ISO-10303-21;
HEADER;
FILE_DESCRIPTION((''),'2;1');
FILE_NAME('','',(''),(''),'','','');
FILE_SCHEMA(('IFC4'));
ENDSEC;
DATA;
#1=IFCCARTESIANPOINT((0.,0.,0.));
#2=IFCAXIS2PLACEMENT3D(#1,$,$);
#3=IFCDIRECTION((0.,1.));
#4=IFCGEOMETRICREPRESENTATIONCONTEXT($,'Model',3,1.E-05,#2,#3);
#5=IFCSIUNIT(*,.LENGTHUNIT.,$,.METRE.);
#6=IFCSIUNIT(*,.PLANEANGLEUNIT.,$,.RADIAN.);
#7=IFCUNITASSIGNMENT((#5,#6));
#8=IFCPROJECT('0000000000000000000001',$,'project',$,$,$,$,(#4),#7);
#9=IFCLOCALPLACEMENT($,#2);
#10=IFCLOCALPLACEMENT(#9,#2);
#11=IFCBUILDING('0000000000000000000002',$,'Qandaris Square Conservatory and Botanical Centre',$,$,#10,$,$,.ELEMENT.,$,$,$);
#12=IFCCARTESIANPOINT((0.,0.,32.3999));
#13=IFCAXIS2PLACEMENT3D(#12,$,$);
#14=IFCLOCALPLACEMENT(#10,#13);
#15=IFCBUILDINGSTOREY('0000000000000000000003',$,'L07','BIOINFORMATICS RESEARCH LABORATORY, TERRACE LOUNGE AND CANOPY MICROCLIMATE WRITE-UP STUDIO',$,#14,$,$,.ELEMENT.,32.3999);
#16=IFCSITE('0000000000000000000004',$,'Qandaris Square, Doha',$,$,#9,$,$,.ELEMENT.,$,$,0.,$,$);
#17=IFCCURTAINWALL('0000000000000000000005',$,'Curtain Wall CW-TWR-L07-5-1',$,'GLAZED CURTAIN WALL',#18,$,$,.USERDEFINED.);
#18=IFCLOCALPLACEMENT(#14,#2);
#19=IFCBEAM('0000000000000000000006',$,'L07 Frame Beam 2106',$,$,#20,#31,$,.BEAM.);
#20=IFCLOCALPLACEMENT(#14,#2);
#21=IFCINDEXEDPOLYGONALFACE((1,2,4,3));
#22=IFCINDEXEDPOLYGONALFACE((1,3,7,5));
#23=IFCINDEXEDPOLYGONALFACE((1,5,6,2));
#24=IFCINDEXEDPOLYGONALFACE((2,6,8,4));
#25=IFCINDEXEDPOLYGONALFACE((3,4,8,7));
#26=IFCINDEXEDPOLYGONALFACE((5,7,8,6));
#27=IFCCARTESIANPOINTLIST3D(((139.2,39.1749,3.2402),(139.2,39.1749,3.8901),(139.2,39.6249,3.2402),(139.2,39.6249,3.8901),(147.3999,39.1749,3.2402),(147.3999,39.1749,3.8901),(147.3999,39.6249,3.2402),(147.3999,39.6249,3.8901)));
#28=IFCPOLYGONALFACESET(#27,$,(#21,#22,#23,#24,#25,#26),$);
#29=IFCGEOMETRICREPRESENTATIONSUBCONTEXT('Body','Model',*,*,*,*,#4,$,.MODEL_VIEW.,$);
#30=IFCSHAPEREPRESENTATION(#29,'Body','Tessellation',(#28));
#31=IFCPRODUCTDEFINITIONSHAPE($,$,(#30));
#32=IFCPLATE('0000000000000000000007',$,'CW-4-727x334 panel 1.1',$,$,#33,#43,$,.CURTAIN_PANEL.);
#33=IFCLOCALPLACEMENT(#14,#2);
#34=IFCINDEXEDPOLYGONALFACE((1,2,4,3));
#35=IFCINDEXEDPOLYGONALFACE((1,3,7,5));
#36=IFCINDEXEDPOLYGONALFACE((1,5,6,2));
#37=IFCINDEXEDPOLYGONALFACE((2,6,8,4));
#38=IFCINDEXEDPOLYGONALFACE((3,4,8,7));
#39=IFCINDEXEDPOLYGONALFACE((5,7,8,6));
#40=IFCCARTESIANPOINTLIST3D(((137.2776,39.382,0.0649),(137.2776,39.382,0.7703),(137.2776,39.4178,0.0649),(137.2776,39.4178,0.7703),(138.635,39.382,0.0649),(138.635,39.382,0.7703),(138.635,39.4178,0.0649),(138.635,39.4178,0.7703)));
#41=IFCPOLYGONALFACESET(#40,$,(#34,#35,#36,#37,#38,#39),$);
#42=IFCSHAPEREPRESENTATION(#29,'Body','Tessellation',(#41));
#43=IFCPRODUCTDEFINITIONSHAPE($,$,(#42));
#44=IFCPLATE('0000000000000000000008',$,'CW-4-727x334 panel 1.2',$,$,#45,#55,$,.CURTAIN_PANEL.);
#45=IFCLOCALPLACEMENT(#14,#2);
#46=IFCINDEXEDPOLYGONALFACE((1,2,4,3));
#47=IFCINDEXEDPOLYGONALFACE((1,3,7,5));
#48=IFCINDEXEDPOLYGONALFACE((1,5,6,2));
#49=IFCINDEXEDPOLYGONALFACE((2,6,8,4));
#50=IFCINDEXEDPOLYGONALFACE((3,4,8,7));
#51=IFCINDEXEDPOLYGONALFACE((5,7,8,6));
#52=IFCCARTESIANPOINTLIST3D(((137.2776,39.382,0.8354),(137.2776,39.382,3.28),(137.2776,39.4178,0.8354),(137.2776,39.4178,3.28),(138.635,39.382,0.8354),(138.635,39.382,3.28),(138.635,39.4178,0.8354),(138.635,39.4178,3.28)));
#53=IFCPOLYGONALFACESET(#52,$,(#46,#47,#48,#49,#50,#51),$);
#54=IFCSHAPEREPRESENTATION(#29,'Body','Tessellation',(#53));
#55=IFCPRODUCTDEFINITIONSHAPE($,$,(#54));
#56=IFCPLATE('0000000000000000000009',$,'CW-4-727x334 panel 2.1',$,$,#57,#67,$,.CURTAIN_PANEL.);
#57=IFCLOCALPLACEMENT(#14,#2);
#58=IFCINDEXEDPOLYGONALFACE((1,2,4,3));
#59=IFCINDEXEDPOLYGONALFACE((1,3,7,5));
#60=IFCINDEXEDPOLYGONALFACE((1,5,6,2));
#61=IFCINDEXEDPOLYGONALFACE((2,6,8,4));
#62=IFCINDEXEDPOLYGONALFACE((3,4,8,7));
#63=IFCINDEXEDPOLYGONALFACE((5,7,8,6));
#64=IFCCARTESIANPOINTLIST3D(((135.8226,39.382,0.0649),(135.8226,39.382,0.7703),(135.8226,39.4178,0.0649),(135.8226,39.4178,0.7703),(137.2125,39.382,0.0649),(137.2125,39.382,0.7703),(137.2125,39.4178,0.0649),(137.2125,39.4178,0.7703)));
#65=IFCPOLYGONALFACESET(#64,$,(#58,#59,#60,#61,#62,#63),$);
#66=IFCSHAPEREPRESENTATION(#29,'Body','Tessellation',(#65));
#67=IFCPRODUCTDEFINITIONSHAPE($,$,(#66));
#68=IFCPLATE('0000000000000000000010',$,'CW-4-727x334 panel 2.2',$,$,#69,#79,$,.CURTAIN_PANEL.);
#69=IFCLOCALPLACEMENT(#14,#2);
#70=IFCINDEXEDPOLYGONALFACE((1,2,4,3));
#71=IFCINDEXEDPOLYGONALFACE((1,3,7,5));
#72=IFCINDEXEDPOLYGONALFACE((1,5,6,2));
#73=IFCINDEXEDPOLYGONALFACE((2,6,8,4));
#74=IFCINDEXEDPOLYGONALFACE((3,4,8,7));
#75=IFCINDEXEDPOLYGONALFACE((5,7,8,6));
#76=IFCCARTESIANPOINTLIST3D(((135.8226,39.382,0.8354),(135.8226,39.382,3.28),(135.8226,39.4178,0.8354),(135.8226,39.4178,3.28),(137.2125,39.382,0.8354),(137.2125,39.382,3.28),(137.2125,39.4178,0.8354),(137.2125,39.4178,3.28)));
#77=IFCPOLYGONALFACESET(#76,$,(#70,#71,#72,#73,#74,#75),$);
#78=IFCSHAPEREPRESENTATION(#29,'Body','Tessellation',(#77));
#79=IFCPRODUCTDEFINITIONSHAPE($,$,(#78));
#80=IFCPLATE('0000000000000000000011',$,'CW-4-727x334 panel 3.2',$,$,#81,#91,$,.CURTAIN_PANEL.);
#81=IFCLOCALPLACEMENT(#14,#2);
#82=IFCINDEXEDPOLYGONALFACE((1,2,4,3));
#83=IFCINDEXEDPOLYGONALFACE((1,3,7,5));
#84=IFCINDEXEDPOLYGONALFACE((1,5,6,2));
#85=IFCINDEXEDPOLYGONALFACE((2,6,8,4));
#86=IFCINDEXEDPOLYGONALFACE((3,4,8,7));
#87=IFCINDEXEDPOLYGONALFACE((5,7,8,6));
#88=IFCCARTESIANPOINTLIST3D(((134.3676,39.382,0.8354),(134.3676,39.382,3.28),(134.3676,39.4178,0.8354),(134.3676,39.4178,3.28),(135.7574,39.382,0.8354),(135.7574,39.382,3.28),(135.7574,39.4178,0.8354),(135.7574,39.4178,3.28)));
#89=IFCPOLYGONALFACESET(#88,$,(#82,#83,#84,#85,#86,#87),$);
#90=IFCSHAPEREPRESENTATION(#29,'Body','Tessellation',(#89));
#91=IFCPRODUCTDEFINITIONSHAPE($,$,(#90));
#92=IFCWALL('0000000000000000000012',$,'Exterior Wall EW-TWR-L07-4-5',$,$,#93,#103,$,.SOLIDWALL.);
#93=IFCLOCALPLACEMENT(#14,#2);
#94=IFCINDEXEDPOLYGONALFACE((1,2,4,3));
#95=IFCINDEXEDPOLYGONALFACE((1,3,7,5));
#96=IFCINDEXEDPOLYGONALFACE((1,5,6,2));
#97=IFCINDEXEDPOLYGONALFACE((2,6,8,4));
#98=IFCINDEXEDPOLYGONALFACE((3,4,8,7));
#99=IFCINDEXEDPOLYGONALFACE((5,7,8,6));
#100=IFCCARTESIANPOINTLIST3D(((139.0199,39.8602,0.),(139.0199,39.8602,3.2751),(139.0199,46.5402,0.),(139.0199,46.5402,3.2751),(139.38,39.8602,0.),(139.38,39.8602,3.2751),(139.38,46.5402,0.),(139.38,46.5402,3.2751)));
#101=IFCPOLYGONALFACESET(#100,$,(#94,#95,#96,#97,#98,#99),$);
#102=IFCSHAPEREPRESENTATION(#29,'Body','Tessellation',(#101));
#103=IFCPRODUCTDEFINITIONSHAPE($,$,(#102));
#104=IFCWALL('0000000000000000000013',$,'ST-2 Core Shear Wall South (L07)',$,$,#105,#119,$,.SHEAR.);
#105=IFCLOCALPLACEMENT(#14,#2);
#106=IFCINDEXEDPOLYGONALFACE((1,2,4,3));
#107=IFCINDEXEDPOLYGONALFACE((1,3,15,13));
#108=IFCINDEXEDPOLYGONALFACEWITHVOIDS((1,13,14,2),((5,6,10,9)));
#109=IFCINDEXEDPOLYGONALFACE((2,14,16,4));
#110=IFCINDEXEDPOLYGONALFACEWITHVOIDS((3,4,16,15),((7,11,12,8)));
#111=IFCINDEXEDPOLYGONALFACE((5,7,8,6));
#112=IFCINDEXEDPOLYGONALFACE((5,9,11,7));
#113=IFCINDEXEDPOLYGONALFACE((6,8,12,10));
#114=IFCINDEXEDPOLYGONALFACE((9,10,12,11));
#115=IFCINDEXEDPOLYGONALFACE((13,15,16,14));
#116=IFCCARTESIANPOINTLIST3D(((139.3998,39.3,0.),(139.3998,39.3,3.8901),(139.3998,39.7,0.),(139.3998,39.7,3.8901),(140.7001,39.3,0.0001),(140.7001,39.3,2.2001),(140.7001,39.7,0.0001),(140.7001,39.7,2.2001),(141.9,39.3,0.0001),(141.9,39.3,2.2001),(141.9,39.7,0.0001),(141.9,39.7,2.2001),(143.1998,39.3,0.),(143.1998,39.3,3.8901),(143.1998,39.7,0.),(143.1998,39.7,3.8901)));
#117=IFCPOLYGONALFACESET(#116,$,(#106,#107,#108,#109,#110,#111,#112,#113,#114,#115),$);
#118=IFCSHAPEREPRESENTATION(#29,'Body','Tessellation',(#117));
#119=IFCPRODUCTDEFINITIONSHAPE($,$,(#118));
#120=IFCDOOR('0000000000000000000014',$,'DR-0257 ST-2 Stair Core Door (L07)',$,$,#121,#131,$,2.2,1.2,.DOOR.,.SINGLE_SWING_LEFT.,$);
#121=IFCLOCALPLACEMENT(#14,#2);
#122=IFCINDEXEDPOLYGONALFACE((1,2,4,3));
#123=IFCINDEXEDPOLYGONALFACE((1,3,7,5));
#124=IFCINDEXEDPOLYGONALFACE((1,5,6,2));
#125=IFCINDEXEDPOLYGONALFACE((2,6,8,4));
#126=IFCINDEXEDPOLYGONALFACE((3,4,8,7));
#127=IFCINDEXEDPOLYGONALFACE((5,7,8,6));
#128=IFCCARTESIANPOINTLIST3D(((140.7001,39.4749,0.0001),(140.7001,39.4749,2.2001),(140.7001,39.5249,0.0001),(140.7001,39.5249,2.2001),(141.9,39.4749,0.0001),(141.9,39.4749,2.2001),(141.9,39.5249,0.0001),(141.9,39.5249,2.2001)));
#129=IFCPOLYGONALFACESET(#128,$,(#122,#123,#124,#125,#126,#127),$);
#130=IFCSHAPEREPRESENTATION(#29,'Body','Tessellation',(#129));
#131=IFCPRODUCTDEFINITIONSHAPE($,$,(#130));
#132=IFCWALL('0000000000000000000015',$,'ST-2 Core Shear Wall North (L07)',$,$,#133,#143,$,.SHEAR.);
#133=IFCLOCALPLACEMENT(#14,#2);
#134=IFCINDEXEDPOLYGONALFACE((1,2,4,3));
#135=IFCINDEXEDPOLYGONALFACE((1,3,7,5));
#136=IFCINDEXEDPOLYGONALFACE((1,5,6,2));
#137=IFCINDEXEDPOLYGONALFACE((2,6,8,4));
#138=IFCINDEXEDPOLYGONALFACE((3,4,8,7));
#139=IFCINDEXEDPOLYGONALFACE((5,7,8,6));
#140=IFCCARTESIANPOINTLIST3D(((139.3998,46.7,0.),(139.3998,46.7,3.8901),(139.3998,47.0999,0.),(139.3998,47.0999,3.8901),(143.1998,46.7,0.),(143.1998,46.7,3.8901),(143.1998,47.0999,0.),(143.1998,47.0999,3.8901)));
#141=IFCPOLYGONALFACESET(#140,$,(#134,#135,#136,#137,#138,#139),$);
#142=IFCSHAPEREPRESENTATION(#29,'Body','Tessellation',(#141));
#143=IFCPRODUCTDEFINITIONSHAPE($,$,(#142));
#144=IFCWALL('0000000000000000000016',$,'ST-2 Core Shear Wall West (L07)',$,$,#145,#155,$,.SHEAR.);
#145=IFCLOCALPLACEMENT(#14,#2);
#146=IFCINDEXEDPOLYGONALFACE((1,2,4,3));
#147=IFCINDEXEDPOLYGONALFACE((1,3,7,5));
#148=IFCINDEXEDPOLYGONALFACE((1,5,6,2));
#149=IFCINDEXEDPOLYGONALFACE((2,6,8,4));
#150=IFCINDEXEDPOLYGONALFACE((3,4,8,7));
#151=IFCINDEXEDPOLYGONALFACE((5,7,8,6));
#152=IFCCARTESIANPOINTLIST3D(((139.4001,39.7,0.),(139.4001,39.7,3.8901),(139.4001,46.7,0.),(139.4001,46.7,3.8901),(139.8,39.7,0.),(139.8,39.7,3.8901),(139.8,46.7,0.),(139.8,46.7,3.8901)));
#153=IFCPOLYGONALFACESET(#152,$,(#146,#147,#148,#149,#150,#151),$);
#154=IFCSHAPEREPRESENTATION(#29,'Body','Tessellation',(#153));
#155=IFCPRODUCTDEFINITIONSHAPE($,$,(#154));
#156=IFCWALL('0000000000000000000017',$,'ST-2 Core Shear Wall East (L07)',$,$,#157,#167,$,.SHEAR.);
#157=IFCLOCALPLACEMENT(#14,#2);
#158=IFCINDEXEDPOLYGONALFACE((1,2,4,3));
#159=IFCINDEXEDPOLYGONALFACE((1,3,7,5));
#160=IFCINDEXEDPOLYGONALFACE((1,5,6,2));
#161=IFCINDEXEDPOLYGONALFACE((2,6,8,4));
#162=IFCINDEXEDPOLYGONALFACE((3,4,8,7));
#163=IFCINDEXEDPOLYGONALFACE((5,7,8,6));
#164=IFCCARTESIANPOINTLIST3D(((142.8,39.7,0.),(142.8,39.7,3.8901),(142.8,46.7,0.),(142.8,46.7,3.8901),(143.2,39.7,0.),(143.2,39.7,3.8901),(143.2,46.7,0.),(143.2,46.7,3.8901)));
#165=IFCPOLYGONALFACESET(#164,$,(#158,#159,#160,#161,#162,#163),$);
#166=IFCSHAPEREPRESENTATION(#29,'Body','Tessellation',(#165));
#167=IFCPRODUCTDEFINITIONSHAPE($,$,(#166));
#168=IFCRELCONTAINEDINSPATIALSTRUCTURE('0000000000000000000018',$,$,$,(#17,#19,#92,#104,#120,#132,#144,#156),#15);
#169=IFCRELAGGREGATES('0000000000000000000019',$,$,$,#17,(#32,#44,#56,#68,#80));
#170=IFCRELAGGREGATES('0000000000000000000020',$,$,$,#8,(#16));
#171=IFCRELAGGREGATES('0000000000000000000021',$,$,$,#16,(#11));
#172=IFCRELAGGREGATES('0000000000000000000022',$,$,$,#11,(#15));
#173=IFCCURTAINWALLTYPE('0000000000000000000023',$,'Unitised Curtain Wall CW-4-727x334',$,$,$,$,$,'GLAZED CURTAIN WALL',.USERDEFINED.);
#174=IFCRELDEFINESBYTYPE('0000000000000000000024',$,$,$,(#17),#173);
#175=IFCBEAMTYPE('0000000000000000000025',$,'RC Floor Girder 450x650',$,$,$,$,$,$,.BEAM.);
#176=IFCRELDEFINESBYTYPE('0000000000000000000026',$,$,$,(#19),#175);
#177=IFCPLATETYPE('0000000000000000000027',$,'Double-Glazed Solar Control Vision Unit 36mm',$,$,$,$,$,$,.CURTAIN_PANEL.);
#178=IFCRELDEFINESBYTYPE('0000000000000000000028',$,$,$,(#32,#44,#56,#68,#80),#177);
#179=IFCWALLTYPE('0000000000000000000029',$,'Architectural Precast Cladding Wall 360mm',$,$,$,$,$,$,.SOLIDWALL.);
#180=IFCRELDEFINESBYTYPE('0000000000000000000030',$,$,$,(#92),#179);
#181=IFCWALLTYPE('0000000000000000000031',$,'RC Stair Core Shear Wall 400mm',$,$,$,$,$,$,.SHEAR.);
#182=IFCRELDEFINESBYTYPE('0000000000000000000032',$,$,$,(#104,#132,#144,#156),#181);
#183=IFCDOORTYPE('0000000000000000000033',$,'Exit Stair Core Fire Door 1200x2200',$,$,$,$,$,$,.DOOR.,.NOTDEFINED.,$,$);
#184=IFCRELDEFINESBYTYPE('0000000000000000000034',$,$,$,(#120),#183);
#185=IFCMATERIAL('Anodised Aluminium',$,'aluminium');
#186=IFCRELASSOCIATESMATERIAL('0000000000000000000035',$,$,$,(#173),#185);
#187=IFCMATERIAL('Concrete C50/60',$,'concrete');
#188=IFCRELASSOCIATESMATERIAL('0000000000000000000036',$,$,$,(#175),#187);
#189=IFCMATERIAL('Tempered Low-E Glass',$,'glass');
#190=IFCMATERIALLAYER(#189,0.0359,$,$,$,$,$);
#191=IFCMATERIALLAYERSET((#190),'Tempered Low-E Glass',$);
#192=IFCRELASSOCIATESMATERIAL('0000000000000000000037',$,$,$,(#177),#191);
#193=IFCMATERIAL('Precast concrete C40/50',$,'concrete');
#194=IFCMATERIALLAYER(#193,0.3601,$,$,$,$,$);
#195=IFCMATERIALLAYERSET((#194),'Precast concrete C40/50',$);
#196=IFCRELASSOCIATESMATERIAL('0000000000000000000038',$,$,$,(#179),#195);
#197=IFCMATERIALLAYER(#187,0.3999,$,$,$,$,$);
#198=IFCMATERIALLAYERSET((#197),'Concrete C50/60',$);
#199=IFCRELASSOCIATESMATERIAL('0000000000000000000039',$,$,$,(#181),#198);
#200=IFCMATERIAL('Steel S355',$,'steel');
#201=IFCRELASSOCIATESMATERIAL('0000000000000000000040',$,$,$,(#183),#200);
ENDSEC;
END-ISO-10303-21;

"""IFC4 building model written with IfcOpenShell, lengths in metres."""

from ifc_helpers import new_model, si_unit, direction, frame, frame_2d, origin, origin_2d, place, context, subcontext, project, spatial, rectangle, extrude, material, layer, layer_set, material_profile, profile_set, type_object, element, fill, aggregate, save


model = new_model("IFC4")

# Units and contexts
model_context = context("Model", 3, precision=1e-05, world=origin(), true_north=direction((0.0, 1.0)))
body_context = subcontext(model_context, "Body", "Model", "MODEL_VIEW")
ifc_project = project(units=[si_unit("LENGTHUNIT", "METRE"), si_unit("PLANEANGLEUNIT", "RADIAN")], contexts=[model_context])

# Site, building, storey
site_placement = place(None, origin())
site = spatial("IfcSite", under=ifc_project, at=site_placement, Name="Qandaris Square, Doha", CompositionType="ELEMENT", RefElevation=0.0)
building_placement = place(site_placement, origin())
building = spatial("IfcBuilding", under=site, at=building_placement, Name="Qandaris Square Conservatory and Botanical Centre", CompositionType="ELEMENT")
storey_placement = place(building_placement, frame((0.0, 0.0, 32.3999)))
storey = spatial("IfcBuildingStorey", under=building, at=storey_placement, Name="L07", Description="BIOINFORMATICS RESEARCH LABORATORY, TERRACE LOUNGE AND CANOPY MICROCLIMATE WRITE-UP STUDIO", CompositionType="ELEMENT", Elevation=32.3999)

# Shared definitions
ifc_material_1 = material(Name="Concrete C50/60", Category="concrete")

# Curtain wall
ifc_material_2 = material(Name="Anodised Aluminium", Category="aluminium")
curtain_wall_type = type_object("IfcCurtainWallType", Name="Unitised Curtain Wall CW-4-727x334", ElementType="GLAZED CURTAIN WALL", PredefinedType="USERDEFINED", material=ifc_material_2)
curtain_wall_placement = place(storey_placement, origin())
curtain_wall = element("IfcCurtainWall", 1, at=curtain_wall_placement, inside=storey, type_object=curtain_wall_type, Name="Curtain Wall CW-TWR-L07-5-1", ObjectType="GLAZED CURTAIN WALL", PredefinedType="USERDEFINED")

# Beam
ifc_material_profile_1 = material_profile(ifc_material_1, rectangle(XDim=0.45, YDim=0.6499, at=origin_2d()), Name="RC-BM 450x650")
ifc_profile_set_1 = profile_set([ifc_material_profile_1], Name="Concrete C50/60")
beam_type_1 = type_object("IfcBeamType", Name="RC Floor Girder 450x650", PredefinedType="BEAM", material=ifc_profile_set_1)
beam_1_placement = place(storey_placement, frame((139.2, 39.3999, 3.5652), z_axis=(1.0, 0.0, 0.0), x_axis=(0.0, 1.0, 0.0)))
element("IfcBeam", 2, at=beam_1_placement, inside=storey, type_object=beam_type_1, Name="L07 Frame Beam 2106", PredefinedType="BEAM", context=body_context, shape_type="SweptSolid", body=[
    extrude(rectangle(XDim=0.45, YDim=0.6499, at=origin_2d()), origin(), (0.0, 0.0, 1.0), 8.2),
])

# Plates
ifc_material_3 = material(Name="Tempered Low-E Glass", Category="glass")
ifc_layer_1 = layer(ifc_material_3, 0.0359)
ifc_layer_set_1 = layer_set([ifc_layer_1], Name="Tempered Low-E Glass")
plate_type = type_object("IfcPlateType", Name="Double-Glazed Solar Control Vision Unit 36mm", PredefinedType="CURTAIN_PANEL", material=ifc_layer_set_1)
plate_1_placement = place(storey_placement, frame((137.9563, 39.3999, 0.0649), z_axis=(0.0, 0.0, 1.0), x_axis=(-1.0, 0.0, 0.0)))
plate_1 = element("IfcPlate", 3, at=plate_1_placement, type_object=plate_type, Name="CW-4-727x334 panel 1.1", PredefinedType="CURTAIN_PANEL", context=body_context, shape_type="SweptSolid", body=[
    extrude(rectangle(XDim=1.3574, YDim=0.0359, at=origin_2d()), origin(), (0.0, 0.0, 1.0), 0.7053),
])
plate_2_placement = place(storey_placement, frame((137.9563, 39.3999, 0.8354), z_axis=(0.0, 0.0, 1.0), x_axis=(-1.0, 0.0, 0.0)))
plate_2 = element("IfcPlate", 4, at=plate_2_placement, type_object=plate_type, Name="CW-4-727x334 panel 1.2", PredefinedType="CURTAIN_PANEL", context=body_context, shape_type="SweptSolid", body=[
    extrude(rectangle(XDim=1.3574, YDim=0.0359, at=origin_2d()), origin(), (0.0, 0.0, 1.0), 2.4446),
])
plate_3_placement = place(storey_placement, frame((136.5176, 39.3999, 0.0649), z_axis=(0.0, 0.0, 1.0), x_axis=(-1.0, 0.0, 0.0)))
plate_3 = element("IfcPlate", 5, at=plate_3_placement, type_object=plate_type, Name="CW-4-727x334 panel 2.1", PredefinedType="CURTAIN_PANEL", context=body_context, shape_type="SweptSolid", body=[
    extrude(rectangle(XDim=1.3899, YDim=0.0359, at=origin_2d()), origin(), (0.0, 0.0, 1.0), 0.7053),
])
plate_4_placement = place(storey_placement, frame((136.5176, 39.3999, 0.8354), z_axis=(0.0, 0.0, 1.0), x_axis=(-1.0, 0.0, 0.0)))
plate_4 = element("IfcPlate", 6, at=plate_4_placement, type_object=plate_type, Name="CW-4-727x334 panel 2.2", PredefinedType="CURTAIN_PANEL", context=body_context, shape_type="SweptSolid", body=[
    extrude(rectangle(XDim=1.3899, YDim=0.0359, at=origin_2d()), origin(), (0.0, 0.0, 1.0), 2.4446),
])
plate_5_placement = place(storey_placement, frame((135.0625, 39.3999, 0.8354), z_axis=(0.0, 0.0, 1.0), x_axis=(-1.0, 0.0, 0.0)))
plate_5 = element("IfcPlate", 7, at=plate_5_placement, type_object=plate_type, Name="CW-4-727x334 panel 3.2", PredefinedType="CURTAIN_PANEL", context=body_context, shape_type="SweptSolid", body=[
    extrude(rectangle(XDim=1.3899, YDim=0.0359, at=origin_2d()), origin(), (0.0, 0.0, 1.0), 2.4446),
])
aggregate(curtain_wall, [plate_1, plate_2, plate_3, plate_4, plate_5])

# Wall
ifc_material_4 = material(Name="Precast concrete C40/50", Category="concrete")
ifc_layer_2 = layer(ifc_material_4, 0.3601)
ifc_layer_set_2 = layer_set([ifc_layer_2], Name="Precast concrete C40/50")
wall_type_1 = type_object("IfcWallType", Name="Architectural Precast Cladding Wall 360mm", PredefinedType="SOLIDWALL", material=ifc_layer_set_2)
wall_1_placement = place(storey_placement, frame((139.2, 46.54, 0.0), z_axis=(0.0, 0.0, 1.0), x_axis=(0.0, -1.0, 0.0)))
element("IfcWall", 8, at=wall_1_placement, inside=storey, type_object=wall_type_1, Name="Exterior Wall EW-TWR-L07-4-5", PredefinedType="SOLIDWALL", context=body_context, shape_type="SweptSolid", body=[
    extrude(rectangle(XDim=6.6799, YDim=0.3601, at=frame_2d((3.3398, 0.0))), origin(), (0.0, 0.0, 1.0), 3.2751),
])

# Wall, opening, door
ifc_layer_3 = layer(ifc_material_1, 0.3999)
ifc_layer_set_3 = layer_set([ifc_layer_3], Name="Concrete C50/60")
wall_type_2 = type_object("IfcWallType", Name="RC Stair Core Shear Wall 400mm", PredefinedType="SHEAR", material=ifc_layer_set_3)
wall_2_placement = place(storey_placement, frame((139.3999, 39.5, 0.0), z_axis=(0.0, 0.0, 1.0), x_axis=(1.0, 0.0, 0.0)))
wall_2 = element("IfcWall", 9, at=wall_2_placement, inside=storey, type_object=wall_type_2, Name="ST-2 Core Shear Wall South (L07)", PredefinedType="SHEAR", context=body_context, shape_type="SweptSolid", body=[
    extrude(rectangle(XDim=3.8, YDim=0.3999, at=frame_2d((1.8999, 0.0))), origin(), (0.0, 0.0, 1.0), 3.8901),
])
opening_placement = place(wall_2_placement, frame((1.3, 0.0, 0.0)))
opening = element("IfcOpeningElement", 10, at=opening_placement, cuts=wall_2, PredefinedType="OPENING", context=body_context, shape_type="SweptSolid", body=[
    extrude(rectangle(XDim=1.2, YDim=2.2, at=frame_2d((0.6001, 1.1001))), frame((0.0, 0.2119, 0.0), z_axis=(0.0, -1.0, 0.0), x_axis=(1.0, 0.0, 0.0)), (0.0, 0.0, 1.0), 0.4238),
])
ifc_material_5 = material(Name="Steel S355", Category="steel")
door_type = type_object("IfcDoorType", Name="Exit Stair Core Fire Door 1200x2200", OperationType="NOTDEFINED", PredefinedType="DOOR", material=ifc_material_5)
door_placement = place(opening_placement, origin())
door = element("IfcDoor", 11, at=door_placement, inside=storey, type_object=door_type, Name="DR-0257 ST-2 Stair Core Door (L07)", OperationType="SINGLE_SWING_LEFT", OverallHeight=2.2, OverallWidth=1.2, PredefinedType="DOOR", context=body_context, shape_type="SweptSolid", body=[
    extrude(rectangle(XDim=1.2, YDim=2.2, at=frame_2d((0.6001, 1.1001))), frame((0.0, 0.0249, 0.0), z_axis=(0.0, -1.0, 0.0), x_axis=(1.0, 0.0, 0.0)), (0.0, 0.0, 1.0), 0.05),
])
fill(opening, door)

# Walls
wall_3_placement = place(storey_placement, frame((139.3999, 46.8999, 0.0), z_axis=(0.0, 0.0, 1.0), x_axis=(1.0, 0.0, 0.0)))
element("IfcWall", 12, at=wall_3_placement, inside=storey, type_object=wall_type_2, Name="ST-2 Core Shear Wall North (L07)", PredefinedType="SHEAR", context=body_context, shape_type="SweptSolid", body=[
    extrude(rectangle(XDim=3.8, YDim=0.3999, at=frame_2d((1.8999, 0.0))), origin(), (0.0, 0.0, 1.0), 3.8901),
])
for number, where, z_axis, x_axis, name in (
    (13, (139.6001, 39.7, 0.0), (0.0, 0.0, 1.0), (0.0, 1.0, 0.0), "ST-2 Core Shear Wall West (L07)"),
    (14, (143.0, 39.7, 0.0), (0.0, 0.0, 1.0), (0.0, 1.0, 0.0), "ST-2 Core Shear Wall East (L07)"),
):
    element("IfcWall", number, at=place(storey_placement, frame(where, z_axis=z_axis, x_axis=x_axis)), inside=storey, type_object=wall_type_2, Name=name, PredefinedType="SHEAR", context=body_context, shape_type="SweptSolid", body=[
        extrude(rectangle(XDim=7.0, YDim=0.3999, at=frame_2d((3.5, 0.0))), origin(), (0.0, 0.0, 1.0), 3.8901),
    ])

save(model, "model.ifc")
